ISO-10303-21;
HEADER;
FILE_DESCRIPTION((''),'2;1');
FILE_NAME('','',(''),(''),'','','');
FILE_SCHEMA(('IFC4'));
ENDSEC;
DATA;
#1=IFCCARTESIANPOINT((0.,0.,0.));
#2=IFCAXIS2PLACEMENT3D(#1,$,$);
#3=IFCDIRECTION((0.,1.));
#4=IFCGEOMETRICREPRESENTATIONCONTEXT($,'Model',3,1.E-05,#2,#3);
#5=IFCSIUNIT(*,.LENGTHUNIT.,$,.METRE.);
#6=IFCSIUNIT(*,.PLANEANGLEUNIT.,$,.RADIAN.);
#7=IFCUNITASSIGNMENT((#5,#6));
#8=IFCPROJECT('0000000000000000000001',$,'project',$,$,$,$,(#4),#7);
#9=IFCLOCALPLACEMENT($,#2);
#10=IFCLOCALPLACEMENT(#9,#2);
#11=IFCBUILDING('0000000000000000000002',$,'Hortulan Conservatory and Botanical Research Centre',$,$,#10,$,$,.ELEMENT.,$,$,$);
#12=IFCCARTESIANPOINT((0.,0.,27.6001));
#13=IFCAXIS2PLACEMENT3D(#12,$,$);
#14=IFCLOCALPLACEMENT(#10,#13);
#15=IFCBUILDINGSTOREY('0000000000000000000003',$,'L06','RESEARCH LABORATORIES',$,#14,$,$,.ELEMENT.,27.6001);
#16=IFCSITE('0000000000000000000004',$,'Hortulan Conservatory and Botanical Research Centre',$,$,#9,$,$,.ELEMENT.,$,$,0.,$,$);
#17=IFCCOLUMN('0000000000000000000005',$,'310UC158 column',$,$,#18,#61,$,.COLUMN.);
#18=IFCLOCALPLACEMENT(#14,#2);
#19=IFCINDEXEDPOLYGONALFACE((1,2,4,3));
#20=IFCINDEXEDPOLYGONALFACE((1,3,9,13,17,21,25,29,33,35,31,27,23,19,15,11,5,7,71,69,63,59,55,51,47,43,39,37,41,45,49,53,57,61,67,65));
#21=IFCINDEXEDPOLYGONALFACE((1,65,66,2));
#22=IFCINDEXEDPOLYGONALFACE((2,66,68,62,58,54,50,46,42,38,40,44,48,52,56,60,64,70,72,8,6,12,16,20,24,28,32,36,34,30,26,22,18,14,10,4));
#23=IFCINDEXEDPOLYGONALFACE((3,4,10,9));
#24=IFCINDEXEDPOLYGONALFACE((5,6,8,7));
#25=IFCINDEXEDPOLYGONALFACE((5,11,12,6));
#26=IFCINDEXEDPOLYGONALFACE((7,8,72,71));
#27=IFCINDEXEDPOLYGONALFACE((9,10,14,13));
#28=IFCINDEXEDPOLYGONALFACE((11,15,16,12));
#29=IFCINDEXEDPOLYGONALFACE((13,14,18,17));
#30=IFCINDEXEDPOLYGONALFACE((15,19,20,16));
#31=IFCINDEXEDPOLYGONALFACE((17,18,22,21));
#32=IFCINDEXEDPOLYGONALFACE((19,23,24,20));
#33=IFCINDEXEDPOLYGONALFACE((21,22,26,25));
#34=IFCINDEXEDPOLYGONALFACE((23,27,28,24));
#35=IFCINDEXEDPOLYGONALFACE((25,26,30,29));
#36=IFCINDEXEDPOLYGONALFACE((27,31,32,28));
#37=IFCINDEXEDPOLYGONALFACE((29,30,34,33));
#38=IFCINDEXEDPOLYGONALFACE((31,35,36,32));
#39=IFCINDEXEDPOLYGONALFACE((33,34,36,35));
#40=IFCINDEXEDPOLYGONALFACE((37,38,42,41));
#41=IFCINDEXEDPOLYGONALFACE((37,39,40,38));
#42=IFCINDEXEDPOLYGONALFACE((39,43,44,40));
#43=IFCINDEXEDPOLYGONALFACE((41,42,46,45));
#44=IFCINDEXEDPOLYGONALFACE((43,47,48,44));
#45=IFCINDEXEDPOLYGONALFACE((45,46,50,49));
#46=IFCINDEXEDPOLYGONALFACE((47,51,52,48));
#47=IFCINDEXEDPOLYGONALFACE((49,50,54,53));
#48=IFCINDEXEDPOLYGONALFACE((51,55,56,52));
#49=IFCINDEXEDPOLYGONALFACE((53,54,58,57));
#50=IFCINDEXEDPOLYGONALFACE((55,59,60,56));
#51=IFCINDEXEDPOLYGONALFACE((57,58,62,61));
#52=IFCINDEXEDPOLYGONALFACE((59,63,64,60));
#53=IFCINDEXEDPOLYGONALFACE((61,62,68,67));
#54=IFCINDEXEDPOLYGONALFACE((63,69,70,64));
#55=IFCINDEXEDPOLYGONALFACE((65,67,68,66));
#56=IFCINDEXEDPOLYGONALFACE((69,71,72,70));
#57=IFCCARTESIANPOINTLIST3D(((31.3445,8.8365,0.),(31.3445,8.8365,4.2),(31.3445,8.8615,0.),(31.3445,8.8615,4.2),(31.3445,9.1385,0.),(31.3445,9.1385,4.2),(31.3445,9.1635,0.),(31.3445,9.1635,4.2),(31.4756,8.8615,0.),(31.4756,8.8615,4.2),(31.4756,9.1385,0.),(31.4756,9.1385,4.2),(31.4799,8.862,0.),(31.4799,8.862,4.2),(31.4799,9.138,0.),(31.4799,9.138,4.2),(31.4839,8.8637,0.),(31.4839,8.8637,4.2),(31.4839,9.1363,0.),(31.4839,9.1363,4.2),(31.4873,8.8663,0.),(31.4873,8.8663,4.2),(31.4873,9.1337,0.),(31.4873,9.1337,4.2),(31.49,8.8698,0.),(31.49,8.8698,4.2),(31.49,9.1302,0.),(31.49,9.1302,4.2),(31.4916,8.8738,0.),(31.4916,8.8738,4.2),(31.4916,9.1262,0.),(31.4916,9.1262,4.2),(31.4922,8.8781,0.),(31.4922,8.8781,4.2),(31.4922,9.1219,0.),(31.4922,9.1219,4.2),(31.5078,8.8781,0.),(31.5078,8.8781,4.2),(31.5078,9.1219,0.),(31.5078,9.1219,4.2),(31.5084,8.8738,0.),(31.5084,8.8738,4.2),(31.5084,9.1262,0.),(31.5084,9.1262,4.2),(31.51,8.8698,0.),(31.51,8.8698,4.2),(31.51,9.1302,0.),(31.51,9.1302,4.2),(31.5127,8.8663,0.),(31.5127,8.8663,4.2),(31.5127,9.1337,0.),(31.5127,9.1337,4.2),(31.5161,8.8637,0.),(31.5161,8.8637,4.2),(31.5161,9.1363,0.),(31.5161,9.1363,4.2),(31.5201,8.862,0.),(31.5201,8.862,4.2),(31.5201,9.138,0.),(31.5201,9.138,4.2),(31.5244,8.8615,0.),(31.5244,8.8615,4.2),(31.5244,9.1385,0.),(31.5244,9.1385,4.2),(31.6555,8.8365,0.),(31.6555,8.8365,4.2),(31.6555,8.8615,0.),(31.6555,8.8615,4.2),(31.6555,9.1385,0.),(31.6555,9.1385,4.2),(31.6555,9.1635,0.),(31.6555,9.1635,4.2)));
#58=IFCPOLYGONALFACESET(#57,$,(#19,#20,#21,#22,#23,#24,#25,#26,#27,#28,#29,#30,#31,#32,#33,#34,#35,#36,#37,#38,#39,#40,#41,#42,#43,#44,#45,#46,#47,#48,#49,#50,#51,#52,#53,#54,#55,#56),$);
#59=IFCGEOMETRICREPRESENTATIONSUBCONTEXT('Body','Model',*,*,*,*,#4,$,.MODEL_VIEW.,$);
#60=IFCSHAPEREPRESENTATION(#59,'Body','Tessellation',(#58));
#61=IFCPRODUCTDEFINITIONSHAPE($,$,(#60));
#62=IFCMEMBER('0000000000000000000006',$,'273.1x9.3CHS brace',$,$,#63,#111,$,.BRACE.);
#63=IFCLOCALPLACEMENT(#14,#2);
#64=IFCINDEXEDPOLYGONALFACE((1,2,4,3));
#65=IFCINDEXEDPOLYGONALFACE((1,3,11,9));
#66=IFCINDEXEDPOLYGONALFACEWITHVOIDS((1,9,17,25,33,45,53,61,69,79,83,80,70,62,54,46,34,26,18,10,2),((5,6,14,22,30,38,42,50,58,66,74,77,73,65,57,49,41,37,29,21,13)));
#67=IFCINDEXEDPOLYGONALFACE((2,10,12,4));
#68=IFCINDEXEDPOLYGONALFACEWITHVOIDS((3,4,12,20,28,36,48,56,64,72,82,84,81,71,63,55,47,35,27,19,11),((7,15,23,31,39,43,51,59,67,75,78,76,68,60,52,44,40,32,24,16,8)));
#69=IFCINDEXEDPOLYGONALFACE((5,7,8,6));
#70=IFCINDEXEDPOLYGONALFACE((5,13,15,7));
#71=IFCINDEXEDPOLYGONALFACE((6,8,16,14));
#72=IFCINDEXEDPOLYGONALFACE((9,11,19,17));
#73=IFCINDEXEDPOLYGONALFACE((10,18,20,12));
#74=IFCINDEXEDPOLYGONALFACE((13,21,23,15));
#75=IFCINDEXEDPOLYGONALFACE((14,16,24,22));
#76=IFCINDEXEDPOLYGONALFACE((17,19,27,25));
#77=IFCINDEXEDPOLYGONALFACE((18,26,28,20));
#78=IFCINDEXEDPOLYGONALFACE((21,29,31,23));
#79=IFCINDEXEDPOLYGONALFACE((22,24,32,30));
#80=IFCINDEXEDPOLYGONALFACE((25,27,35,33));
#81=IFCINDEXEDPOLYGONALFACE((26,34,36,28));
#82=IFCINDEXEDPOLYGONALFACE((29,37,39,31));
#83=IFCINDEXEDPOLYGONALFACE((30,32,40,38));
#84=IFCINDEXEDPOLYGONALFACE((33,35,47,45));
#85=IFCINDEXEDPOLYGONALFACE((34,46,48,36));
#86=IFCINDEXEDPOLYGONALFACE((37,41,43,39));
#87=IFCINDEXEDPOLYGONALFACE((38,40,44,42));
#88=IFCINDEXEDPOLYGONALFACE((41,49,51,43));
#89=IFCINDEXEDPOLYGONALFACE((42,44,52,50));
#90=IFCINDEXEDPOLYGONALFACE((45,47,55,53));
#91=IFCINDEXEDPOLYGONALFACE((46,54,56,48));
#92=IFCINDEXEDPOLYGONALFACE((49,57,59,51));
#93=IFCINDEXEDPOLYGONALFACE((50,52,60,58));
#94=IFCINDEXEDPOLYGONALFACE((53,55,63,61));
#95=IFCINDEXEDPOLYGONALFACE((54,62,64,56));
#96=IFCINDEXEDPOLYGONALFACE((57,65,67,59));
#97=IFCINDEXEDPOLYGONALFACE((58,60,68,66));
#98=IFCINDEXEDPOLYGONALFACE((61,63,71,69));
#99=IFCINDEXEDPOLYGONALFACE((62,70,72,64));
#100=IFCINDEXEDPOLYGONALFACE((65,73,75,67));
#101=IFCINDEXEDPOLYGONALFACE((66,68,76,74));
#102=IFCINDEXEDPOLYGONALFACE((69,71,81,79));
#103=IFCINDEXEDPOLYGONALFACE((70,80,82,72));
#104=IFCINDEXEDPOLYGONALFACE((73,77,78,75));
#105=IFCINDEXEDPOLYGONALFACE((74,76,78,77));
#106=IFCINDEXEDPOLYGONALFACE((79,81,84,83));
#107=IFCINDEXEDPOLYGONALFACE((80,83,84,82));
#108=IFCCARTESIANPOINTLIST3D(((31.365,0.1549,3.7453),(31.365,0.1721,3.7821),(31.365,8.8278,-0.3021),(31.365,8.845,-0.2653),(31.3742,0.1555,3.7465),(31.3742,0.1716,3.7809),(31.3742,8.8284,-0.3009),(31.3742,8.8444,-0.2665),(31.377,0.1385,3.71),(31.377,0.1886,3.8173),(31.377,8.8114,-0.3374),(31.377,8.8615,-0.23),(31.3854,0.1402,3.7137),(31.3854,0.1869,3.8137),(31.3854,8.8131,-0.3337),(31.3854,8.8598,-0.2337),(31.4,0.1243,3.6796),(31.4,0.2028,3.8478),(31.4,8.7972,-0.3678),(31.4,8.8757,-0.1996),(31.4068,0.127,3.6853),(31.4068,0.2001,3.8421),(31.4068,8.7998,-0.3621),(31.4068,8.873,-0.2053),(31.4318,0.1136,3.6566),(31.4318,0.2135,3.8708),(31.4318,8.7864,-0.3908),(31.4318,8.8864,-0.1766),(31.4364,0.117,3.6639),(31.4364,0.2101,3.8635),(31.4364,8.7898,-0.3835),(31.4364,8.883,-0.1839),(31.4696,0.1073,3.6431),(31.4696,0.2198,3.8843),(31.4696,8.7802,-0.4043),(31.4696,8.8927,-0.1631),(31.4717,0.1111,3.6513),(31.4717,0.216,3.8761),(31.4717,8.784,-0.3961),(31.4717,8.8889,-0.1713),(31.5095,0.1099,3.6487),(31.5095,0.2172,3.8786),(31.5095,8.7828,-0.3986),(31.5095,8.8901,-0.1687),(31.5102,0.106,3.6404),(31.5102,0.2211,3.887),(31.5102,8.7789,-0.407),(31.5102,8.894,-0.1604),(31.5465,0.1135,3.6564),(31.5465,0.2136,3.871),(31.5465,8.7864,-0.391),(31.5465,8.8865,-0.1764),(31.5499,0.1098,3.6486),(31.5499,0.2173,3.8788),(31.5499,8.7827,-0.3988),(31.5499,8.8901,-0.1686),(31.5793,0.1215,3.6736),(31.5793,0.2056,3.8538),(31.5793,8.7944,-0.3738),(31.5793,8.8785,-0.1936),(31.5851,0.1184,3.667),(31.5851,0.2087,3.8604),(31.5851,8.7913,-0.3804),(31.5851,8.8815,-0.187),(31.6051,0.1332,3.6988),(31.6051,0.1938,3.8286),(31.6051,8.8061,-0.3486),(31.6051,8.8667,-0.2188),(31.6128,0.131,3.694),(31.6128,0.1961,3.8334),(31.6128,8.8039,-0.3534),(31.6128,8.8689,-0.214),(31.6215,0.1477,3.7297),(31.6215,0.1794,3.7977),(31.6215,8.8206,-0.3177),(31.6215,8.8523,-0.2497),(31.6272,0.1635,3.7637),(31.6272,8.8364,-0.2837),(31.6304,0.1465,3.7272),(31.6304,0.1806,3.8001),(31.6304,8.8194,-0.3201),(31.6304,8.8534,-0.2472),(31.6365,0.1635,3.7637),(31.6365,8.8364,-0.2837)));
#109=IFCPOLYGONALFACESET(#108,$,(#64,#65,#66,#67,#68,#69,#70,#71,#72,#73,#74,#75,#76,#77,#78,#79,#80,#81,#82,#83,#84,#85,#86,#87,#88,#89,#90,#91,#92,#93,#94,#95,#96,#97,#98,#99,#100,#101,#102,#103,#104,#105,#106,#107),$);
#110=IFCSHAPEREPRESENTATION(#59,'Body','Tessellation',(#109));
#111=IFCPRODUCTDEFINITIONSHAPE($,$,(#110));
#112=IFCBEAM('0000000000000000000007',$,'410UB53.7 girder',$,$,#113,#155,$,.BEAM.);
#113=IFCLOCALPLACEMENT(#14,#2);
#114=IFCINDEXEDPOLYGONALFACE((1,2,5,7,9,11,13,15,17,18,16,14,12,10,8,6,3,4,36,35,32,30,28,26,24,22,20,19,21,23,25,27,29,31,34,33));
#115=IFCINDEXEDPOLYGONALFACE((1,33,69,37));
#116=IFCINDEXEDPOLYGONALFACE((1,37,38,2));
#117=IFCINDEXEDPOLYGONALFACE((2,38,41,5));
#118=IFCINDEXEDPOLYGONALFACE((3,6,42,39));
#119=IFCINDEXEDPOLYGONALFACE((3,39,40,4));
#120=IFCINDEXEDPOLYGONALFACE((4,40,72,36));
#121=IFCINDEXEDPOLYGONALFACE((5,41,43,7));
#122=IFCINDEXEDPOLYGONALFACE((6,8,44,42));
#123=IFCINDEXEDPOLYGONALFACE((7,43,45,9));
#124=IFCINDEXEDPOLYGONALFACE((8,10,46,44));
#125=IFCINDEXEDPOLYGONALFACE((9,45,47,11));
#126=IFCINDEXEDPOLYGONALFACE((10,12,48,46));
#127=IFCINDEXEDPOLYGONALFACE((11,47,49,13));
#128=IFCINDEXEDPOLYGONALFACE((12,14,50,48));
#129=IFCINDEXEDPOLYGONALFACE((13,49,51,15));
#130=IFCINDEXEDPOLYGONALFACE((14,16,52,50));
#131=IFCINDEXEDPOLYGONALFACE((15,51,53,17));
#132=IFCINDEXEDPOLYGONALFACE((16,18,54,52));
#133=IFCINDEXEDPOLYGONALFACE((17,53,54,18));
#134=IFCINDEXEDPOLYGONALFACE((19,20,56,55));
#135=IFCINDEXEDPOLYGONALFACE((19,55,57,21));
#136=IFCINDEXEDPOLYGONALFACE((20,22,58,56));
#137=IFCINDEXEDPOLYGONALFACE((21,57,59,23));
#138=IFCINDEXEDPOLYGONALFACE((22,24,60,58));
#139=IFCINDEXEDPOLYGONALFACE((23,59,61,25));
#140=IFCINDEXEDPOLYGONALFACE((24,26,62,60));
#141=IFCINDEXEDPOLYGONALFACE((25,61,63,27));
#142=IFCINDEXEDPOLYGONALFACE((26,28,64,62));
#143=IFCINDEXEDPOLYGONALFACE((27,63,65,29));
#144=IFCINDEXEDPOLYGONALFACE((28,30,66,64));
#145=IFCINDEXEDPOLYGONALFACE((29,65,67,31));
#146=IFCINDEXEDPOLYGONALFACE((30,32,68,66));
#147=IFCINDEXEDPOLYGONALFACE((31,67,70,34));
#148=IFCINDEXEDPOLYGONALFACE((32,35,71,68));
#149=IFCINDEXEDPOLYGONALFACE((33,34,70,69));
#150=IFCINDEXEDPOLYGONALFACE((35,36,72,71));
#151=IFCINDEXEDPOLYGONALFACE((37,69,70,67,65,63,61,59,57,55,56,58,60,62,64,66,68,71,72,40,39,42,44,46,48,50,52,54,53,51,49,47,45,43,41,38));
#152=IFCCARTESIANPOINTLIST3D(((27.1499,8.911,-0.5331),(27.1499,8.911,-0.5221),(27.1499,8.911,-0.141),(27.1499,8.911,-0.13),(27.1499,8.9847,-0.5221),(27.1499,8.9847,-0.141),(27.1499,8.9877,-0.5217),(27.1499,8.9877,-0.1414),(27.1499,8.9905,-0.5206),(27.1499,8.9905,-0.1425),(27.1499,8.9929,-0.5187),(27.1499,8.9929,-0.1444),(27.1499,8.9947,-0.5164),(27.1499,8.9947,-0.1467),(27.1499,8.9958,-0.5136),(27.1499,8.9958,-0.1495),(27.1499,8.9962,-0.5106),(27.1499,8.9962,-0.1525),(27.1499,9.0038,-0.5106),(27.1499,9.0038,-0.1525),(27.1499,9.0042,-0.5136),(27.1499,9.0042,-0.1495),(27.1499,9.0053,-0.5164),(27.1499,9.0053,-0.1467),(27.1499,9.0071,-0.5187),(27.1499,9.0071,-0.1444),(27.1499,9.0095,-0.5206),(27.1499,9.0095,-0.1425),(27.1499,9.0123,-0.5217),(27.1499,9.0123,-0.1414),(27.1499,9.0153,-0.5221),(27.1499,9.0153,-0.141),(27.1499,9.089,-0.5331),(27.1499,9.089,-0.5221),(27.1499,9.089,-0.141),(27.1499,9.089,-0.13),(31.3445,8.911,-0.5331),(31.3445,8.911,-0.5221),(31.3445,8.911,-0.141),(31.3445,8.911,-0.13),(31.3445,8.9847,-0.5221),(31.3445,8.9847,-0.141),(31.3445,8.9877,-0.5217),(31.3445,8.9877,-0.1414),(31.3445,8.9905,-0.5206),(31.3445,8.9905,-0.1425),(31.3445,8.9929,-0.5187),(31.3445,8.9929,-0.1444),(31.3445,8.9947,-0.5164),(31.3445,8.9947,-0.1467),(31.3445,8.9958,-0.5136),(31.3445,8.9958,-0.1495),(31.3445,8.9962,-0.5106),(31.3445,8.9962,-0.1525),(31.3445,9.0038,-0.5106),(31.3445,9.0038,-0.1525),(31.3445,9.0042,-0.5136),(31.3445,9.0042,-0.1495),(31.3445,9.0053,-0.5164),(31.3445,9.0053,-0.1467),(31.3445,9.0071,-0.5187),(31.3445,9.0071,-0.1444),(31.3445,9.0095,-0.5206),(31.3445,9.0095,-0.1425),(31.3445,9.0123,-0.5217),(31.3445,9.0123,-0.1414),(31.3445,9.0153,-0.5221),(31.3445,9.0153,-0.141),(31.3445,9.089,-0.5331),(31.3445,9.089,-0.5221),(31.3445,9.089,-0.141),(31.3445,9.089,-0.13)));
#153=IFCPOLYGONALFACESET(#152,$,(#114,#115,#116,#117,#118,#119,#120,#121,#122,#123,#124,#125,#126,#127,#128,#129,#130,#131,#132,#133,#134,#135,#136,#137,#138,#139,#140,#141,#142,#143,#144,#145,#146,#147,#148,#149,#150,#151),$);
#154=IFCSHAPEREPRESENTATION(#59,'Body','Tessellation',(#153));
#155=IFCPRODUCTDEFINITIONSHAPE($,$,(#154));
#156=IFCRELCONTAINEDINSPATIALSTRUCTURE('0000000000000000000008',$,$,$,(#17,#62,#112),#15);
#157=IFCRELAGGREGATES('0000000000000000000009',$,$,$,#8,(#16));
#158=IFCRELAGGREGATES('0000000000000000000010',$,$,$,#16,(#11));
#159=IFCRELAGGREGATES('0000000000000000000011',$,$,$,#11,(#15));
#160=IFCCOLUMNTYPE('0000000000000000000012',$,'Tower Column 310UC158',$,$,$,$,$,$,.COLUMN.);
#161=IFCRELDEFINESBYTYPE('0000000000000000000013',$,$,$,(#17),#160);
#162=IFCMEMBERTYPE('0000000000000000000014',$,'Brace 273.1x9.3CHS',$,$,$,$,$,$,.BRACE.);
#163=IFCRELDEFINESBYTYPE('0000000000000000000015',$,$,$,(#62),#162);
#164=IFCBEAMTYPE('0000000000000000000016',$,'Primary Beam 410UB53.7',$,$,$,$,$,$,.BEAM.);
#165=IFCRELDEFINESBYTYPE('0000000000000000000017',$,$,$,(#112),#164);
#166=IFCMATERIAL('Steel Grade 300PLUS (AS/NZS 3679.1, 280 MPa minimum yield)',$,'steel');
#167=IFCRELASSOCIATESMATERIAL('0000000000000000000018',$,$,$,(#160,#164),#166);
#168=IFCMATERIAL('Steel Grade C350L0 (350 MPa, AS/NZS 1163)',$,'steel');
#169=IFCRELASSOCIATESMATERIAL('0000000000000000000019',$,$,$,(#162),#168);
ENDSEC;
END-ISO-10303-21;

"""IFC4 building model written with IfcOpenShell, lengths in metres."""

from ifc_helpers import new_model, si_unit, direction, frame, origin, origin_2d, place, context, subcontext, project, spatial, hollow_circle, i_section, extrude, material, material_profile, profile_set, type_object, element, save


model = new_model("IFC4")

# Units and contexts
model_context = context("Model", 3, precision=1e-05, world=origin(), true_north=direction((0.0, 1.0)))
body_context = subcontext(model_context, "Body", "Model", "MODEL_VIEW")
ifc_project = project(units=[si_unit("LENGTHUNIT", "METRE"), si_unit("PLANEANGLEUNIT", "RADIAN")], contexts=[model_context])

# Site, building, storey
site_placement = place(None, origin())
site = spatial("IfcSite", under=ifc_project, at=site_placement, Name="Hortulan Conservatory and Botanical Research Centre", CompositionType="ELEMENT", RefElevation=0.0)
building_placement = place(site_placement, origin())
building = spatial("IfcBuilding", under=site, at=building_placement, Name="Hortulan Conservatory and Botanical Research Centre", CompositionType="ELEMENT")
storey_placement = place(building_placement, frame((0.0, 0.0, 27.6001)))
storey = spatial("IfcBuildingStorey", under=building, at=storey_placement, Name="L06", Description="RESEARCH LABORATORIES", CompositionType="ELEMENT", Elevation=27.6001)

# Column
ifc_material_1 = material(Name="Steel Grade 300PLUS (AS/NZS 3679.1, 280 MPa minimum yield)", Category="steel")
ifc_material_profile_1 = material_profile(ifc_material_1, i_section(OverallWidth=0.311, OverallDepth=0.3269, WebThickness=0.0156, FlangeThickness=0.0249, FilletRadius=0.0166, at=origin_2d()), Name="310UC158")
ifc_profile_set_1 = profile_set([ifc_material_profile_1], Name="Steel Grade 300PLUS (AS/NZS 3679.1, 280 MPa minimum yield)")
column_type = type_object("IfcColumnType", Name="Tower Column 310UC158", PredefinedType="COLUMN", material=ifc_profile_set_1)
column_placement = place(storey_placement, frame((31.5, 9.0, 0.0), z_axis=(0.0, 0.0, 1.0), x_axis=(1.0, 0.0, 0.0)))
element("IfcColumn", 1, at=column_placement, inside=storey, type_object=column_type, Name="310UC158 column", PredefinedType="COLUMN", context=body_context, shape_type="SweptSolid", body=[
    extrude(i_section(OverallWidth=0.311, OverallDepth=0.3269, WebThickness=0.0156, FlangeThickness=0.0249, FilletRadius=0.0166, at=origin_2d()), origin(), (0.0, 0.0, 1.0), 4.2),
])

# Member
ifc_material_2 = material(Name="Steel Grade C350L0 (350 MPa, AS/NZS 1163)", Category="steel")
ifc_material_profile_2 = material_profile(ifc_material_2, hollow_circle(Radius=0.1365, WallThickness=0.0093, at=origin_2d()), Name="273.1x9.3CHS")
ifc_profile_set_2 = profile_set([ifc_material_profile_2], Name="Steel Grade C350L0 (350 MPa, AS/NZS 1163)")
member_type = type_object("IfcMemberType", Name="Brace 273.1x9.3CHS", PredefinedType="BRACE", material=ifc_profile_set_2)
member_placement = place(storey_placement, frame((31.5, 8.8364, -0.2837), z_axis=(0.0, -0.906182, 0.422888), x_axis=(1.0, 0.0, 0.0)))
element("IfcMember", 2, at=member_placement, inside=storey, type_object=member_type, Name="273.1x9.3CHS brace", PredefinedType="BRACE", context=body_context, shape_type="SweptSolid", body=[
    extrude(hollow_circle(Radius=0.1365, WallThickness=0.0093, at=origin_2d()), origin(), (0.0, 0.0, 1.0), 9.5708),
])

# Beam
ifc_material_profile_3 = material_profile(ifc_material_1, i_section(OverallWidth=0.178, OverallDepth=0.4031, WebThickness=0.0076, FlangeThickness=0.011, FilletRadius=0.0115, at=origin_2d()), Name="410UB53.7")
ifc_profile_set_3 = profile_set([ifc_material_profile_3], Name="Steel Grade 300PLUS (AS/NZS 3679.1, 280 MPa minimum yield)")
beam_type_1 = type_object("IfcBeamType", Name="Primary Beam 410UB53.7", PredefinedType="BEAM", material=ifc_profile_set_3)
beam_1_placement = place(storey_placement, frame((27.1499, 9.0, -0.3315), z_axis=(1.0, 0.0, 0.0), x_axis=(0.0, 1.0, 0.0)))
element("IfcBeam", 3, at=beam_1_placement, inside=storey, type_object=beam_type_1, Name="410UB53.7 girder", PredefinedType="BEAM", context=body_context, shape_type="SweptSolid", body=[
    extrude(i_section(OverallWidth=0.178, OverallDepth=0.4031, WebThickness=0.0076, FlangeThickness=0.011, FilletRadius=0.0115, at=origin_2d()), origin(), (0.0, 0.0, 1.0), 4.1946),
])

save(model, "model.ifc")
